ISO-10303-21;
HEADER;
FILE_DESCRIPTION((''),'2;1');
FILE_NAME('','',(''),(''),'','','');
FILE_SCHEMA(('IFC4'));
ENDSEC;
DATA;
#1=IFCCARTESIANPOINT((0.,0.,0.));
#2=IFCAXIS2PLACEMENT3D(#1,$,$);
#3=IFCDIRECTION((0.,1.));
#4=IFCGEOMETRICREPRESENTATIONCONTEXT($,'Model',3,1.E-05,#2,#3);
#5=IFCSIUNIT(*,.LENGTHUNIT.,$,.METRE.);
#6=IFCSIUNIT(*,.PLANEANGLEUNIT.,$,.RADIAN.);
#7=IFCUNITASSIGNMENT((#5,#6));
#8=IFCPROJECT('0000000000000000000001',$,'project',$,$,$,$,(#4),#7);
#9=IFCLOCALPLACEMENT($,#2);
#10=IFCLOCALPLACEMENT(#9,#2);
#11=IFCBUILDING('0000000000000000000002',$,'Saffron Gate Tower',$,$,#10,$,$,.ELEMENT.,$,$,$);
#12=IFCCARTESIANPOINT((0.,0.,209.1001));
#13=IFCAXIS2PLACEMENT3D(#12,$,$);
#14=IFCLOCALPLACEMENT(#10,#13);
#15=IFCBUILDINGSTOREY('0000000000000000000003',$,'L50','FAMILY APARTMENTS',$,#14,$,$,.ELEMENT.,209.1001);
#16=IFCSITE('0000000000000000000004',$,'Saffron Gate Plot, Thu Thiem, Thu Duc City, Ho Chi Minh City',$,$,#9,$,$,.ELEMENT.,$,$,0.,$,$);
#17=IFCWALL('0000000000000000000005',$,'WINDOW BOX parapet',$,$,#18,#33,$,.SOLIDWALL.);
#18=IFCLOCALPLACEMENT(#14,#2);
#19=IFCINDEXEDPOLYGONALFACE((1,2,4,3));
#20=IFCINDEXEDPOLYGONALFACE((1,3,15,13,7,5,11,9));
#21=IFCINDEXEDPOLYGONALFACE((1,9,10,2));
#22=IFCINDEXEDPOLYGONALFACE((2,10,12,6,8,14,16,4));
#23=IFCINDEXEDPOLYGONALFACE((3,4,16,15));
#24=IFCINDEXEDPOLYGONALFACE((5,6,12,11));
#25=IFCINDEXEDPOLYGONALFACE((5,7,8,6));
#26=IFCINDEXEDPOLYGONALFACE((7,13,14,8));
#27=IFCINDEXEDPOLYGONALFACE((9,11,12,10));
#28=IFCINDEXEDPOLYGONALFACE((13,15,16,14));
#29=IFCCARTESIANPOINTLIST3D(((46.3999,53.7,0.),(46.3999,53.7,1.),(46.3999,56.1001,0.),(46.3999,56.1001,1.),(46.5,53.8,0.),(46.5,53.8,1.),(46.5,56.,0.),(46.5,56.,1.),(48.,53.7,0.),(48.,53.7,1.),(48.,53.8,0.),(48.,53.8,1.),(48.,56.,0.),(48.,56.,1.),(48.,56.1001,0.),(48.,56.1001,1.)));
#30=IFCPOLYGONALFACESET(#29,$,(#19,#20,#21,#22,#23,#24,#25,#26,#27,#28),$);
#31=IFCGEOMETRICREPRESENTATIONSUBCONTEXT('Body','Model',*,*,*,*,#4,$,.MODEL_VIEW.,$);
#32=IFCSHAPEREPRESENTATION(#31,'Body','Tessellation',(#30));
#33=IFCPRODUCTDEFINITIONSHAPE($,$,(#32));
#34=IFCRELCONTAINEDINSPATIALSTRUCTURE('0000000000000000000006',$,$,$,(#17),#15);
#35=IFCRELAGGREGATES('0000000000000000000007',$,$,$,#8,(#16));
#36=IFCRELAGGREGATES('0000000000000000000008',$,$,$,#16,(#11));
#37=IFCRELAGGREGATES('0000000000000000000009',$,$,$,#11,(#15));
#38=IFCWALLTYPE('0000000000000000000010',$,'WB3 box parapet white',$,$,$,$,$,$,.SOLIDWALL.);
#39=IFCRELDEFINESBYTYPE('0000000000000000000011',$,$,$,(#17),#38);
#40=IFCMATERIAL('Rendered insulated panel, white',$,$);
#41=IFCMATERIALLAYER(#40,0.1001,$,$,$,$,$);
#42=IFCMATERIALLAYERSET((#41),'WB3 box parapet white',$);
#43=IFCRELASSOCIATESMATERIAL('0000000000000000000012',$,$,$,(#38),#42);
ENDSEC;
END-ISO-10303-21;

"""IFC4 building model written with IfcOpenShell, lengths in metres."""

from ifc_helpers import new_model, si_unit, direction, frame, origin, place, context, subcontext, project, spatial, polyline, outline, extrude, material, layer, layer_set, type_object, element, save


model = new_model("IFC4")

# Units and contexts
model_context = context("Model", 3, precision=1e-05, world=origin(), true_north=direction((0.0, 1.0)))
body_context = subcontext(model_context, "Body", "Model", "MODEL_VIEW")
ifc_project = project(units=[si_unit("LENGTHUNIT", "METRE"), si_unit("PLANEANGLEUNIT", "RADIAN")], contexts=[model_context])

# Site, building, storey
site_placement = place(None, origin())
site = spatial("IfcSite", under=ifc_project, at=site_placement, Name="Saffron Gate Plot, Thu Thiem, Thu Duc City, Ho Chi Minh City", CompositionType="ELEMENT", RefElevation=0.0)
building_placement = place(site_placement, origin())
building = spatial("IfcBuilding", under=site, at=building_placement, Name="Saffron Gate Tower", CompositionType="ELEMENT")
storey_placement = place(building_placement, frame((0.0, 0.0, 209.1001)))
storey = spatial("IfcBuildingStorey", under=building, at=storey_placement, Name="L50", Description="FAMILY APARTMENTS", CompositionType="ELEMENT", Elevation=209.1001)

# Wall
ifc_material_1 = material(Name="Rendered insulated panel, white")
ifc_layer_1 = layer(ifc_material_1, 0.1001)
ifc_layer_set_1 = layer_set([ifc_layer_1], Name="WB3 box parapet white")
wall_type = type_object("IfcWallType", Name="WB3 box parapet white", PredefinedType="SOLIDWALL", material=ifc_layer_set_1)
wall_1_placement = place(storey_placement, origin())
element("IfcWall", 1, at=wall_1_placement, inside=storey, type_object=wall_type, Name="WINDOW BOX parapet", PredefinedType="SOLIDWALL", context=body_context, shape_type="SweptSolid", body=[
    extrude(outline(polyline([(48.0, 56.1001), (48.0, 56.0), (46.5, 56.0), (46.5, 53.8), (48.0, 53.8), (48.0, 53.7), (46.3999, 53.7), (46.3999, 56.1001), (48.0, 56.1001)])), origin(), (0.0, 0.0, 1.0), 1.0),
])

save(model, "model.ifc")
